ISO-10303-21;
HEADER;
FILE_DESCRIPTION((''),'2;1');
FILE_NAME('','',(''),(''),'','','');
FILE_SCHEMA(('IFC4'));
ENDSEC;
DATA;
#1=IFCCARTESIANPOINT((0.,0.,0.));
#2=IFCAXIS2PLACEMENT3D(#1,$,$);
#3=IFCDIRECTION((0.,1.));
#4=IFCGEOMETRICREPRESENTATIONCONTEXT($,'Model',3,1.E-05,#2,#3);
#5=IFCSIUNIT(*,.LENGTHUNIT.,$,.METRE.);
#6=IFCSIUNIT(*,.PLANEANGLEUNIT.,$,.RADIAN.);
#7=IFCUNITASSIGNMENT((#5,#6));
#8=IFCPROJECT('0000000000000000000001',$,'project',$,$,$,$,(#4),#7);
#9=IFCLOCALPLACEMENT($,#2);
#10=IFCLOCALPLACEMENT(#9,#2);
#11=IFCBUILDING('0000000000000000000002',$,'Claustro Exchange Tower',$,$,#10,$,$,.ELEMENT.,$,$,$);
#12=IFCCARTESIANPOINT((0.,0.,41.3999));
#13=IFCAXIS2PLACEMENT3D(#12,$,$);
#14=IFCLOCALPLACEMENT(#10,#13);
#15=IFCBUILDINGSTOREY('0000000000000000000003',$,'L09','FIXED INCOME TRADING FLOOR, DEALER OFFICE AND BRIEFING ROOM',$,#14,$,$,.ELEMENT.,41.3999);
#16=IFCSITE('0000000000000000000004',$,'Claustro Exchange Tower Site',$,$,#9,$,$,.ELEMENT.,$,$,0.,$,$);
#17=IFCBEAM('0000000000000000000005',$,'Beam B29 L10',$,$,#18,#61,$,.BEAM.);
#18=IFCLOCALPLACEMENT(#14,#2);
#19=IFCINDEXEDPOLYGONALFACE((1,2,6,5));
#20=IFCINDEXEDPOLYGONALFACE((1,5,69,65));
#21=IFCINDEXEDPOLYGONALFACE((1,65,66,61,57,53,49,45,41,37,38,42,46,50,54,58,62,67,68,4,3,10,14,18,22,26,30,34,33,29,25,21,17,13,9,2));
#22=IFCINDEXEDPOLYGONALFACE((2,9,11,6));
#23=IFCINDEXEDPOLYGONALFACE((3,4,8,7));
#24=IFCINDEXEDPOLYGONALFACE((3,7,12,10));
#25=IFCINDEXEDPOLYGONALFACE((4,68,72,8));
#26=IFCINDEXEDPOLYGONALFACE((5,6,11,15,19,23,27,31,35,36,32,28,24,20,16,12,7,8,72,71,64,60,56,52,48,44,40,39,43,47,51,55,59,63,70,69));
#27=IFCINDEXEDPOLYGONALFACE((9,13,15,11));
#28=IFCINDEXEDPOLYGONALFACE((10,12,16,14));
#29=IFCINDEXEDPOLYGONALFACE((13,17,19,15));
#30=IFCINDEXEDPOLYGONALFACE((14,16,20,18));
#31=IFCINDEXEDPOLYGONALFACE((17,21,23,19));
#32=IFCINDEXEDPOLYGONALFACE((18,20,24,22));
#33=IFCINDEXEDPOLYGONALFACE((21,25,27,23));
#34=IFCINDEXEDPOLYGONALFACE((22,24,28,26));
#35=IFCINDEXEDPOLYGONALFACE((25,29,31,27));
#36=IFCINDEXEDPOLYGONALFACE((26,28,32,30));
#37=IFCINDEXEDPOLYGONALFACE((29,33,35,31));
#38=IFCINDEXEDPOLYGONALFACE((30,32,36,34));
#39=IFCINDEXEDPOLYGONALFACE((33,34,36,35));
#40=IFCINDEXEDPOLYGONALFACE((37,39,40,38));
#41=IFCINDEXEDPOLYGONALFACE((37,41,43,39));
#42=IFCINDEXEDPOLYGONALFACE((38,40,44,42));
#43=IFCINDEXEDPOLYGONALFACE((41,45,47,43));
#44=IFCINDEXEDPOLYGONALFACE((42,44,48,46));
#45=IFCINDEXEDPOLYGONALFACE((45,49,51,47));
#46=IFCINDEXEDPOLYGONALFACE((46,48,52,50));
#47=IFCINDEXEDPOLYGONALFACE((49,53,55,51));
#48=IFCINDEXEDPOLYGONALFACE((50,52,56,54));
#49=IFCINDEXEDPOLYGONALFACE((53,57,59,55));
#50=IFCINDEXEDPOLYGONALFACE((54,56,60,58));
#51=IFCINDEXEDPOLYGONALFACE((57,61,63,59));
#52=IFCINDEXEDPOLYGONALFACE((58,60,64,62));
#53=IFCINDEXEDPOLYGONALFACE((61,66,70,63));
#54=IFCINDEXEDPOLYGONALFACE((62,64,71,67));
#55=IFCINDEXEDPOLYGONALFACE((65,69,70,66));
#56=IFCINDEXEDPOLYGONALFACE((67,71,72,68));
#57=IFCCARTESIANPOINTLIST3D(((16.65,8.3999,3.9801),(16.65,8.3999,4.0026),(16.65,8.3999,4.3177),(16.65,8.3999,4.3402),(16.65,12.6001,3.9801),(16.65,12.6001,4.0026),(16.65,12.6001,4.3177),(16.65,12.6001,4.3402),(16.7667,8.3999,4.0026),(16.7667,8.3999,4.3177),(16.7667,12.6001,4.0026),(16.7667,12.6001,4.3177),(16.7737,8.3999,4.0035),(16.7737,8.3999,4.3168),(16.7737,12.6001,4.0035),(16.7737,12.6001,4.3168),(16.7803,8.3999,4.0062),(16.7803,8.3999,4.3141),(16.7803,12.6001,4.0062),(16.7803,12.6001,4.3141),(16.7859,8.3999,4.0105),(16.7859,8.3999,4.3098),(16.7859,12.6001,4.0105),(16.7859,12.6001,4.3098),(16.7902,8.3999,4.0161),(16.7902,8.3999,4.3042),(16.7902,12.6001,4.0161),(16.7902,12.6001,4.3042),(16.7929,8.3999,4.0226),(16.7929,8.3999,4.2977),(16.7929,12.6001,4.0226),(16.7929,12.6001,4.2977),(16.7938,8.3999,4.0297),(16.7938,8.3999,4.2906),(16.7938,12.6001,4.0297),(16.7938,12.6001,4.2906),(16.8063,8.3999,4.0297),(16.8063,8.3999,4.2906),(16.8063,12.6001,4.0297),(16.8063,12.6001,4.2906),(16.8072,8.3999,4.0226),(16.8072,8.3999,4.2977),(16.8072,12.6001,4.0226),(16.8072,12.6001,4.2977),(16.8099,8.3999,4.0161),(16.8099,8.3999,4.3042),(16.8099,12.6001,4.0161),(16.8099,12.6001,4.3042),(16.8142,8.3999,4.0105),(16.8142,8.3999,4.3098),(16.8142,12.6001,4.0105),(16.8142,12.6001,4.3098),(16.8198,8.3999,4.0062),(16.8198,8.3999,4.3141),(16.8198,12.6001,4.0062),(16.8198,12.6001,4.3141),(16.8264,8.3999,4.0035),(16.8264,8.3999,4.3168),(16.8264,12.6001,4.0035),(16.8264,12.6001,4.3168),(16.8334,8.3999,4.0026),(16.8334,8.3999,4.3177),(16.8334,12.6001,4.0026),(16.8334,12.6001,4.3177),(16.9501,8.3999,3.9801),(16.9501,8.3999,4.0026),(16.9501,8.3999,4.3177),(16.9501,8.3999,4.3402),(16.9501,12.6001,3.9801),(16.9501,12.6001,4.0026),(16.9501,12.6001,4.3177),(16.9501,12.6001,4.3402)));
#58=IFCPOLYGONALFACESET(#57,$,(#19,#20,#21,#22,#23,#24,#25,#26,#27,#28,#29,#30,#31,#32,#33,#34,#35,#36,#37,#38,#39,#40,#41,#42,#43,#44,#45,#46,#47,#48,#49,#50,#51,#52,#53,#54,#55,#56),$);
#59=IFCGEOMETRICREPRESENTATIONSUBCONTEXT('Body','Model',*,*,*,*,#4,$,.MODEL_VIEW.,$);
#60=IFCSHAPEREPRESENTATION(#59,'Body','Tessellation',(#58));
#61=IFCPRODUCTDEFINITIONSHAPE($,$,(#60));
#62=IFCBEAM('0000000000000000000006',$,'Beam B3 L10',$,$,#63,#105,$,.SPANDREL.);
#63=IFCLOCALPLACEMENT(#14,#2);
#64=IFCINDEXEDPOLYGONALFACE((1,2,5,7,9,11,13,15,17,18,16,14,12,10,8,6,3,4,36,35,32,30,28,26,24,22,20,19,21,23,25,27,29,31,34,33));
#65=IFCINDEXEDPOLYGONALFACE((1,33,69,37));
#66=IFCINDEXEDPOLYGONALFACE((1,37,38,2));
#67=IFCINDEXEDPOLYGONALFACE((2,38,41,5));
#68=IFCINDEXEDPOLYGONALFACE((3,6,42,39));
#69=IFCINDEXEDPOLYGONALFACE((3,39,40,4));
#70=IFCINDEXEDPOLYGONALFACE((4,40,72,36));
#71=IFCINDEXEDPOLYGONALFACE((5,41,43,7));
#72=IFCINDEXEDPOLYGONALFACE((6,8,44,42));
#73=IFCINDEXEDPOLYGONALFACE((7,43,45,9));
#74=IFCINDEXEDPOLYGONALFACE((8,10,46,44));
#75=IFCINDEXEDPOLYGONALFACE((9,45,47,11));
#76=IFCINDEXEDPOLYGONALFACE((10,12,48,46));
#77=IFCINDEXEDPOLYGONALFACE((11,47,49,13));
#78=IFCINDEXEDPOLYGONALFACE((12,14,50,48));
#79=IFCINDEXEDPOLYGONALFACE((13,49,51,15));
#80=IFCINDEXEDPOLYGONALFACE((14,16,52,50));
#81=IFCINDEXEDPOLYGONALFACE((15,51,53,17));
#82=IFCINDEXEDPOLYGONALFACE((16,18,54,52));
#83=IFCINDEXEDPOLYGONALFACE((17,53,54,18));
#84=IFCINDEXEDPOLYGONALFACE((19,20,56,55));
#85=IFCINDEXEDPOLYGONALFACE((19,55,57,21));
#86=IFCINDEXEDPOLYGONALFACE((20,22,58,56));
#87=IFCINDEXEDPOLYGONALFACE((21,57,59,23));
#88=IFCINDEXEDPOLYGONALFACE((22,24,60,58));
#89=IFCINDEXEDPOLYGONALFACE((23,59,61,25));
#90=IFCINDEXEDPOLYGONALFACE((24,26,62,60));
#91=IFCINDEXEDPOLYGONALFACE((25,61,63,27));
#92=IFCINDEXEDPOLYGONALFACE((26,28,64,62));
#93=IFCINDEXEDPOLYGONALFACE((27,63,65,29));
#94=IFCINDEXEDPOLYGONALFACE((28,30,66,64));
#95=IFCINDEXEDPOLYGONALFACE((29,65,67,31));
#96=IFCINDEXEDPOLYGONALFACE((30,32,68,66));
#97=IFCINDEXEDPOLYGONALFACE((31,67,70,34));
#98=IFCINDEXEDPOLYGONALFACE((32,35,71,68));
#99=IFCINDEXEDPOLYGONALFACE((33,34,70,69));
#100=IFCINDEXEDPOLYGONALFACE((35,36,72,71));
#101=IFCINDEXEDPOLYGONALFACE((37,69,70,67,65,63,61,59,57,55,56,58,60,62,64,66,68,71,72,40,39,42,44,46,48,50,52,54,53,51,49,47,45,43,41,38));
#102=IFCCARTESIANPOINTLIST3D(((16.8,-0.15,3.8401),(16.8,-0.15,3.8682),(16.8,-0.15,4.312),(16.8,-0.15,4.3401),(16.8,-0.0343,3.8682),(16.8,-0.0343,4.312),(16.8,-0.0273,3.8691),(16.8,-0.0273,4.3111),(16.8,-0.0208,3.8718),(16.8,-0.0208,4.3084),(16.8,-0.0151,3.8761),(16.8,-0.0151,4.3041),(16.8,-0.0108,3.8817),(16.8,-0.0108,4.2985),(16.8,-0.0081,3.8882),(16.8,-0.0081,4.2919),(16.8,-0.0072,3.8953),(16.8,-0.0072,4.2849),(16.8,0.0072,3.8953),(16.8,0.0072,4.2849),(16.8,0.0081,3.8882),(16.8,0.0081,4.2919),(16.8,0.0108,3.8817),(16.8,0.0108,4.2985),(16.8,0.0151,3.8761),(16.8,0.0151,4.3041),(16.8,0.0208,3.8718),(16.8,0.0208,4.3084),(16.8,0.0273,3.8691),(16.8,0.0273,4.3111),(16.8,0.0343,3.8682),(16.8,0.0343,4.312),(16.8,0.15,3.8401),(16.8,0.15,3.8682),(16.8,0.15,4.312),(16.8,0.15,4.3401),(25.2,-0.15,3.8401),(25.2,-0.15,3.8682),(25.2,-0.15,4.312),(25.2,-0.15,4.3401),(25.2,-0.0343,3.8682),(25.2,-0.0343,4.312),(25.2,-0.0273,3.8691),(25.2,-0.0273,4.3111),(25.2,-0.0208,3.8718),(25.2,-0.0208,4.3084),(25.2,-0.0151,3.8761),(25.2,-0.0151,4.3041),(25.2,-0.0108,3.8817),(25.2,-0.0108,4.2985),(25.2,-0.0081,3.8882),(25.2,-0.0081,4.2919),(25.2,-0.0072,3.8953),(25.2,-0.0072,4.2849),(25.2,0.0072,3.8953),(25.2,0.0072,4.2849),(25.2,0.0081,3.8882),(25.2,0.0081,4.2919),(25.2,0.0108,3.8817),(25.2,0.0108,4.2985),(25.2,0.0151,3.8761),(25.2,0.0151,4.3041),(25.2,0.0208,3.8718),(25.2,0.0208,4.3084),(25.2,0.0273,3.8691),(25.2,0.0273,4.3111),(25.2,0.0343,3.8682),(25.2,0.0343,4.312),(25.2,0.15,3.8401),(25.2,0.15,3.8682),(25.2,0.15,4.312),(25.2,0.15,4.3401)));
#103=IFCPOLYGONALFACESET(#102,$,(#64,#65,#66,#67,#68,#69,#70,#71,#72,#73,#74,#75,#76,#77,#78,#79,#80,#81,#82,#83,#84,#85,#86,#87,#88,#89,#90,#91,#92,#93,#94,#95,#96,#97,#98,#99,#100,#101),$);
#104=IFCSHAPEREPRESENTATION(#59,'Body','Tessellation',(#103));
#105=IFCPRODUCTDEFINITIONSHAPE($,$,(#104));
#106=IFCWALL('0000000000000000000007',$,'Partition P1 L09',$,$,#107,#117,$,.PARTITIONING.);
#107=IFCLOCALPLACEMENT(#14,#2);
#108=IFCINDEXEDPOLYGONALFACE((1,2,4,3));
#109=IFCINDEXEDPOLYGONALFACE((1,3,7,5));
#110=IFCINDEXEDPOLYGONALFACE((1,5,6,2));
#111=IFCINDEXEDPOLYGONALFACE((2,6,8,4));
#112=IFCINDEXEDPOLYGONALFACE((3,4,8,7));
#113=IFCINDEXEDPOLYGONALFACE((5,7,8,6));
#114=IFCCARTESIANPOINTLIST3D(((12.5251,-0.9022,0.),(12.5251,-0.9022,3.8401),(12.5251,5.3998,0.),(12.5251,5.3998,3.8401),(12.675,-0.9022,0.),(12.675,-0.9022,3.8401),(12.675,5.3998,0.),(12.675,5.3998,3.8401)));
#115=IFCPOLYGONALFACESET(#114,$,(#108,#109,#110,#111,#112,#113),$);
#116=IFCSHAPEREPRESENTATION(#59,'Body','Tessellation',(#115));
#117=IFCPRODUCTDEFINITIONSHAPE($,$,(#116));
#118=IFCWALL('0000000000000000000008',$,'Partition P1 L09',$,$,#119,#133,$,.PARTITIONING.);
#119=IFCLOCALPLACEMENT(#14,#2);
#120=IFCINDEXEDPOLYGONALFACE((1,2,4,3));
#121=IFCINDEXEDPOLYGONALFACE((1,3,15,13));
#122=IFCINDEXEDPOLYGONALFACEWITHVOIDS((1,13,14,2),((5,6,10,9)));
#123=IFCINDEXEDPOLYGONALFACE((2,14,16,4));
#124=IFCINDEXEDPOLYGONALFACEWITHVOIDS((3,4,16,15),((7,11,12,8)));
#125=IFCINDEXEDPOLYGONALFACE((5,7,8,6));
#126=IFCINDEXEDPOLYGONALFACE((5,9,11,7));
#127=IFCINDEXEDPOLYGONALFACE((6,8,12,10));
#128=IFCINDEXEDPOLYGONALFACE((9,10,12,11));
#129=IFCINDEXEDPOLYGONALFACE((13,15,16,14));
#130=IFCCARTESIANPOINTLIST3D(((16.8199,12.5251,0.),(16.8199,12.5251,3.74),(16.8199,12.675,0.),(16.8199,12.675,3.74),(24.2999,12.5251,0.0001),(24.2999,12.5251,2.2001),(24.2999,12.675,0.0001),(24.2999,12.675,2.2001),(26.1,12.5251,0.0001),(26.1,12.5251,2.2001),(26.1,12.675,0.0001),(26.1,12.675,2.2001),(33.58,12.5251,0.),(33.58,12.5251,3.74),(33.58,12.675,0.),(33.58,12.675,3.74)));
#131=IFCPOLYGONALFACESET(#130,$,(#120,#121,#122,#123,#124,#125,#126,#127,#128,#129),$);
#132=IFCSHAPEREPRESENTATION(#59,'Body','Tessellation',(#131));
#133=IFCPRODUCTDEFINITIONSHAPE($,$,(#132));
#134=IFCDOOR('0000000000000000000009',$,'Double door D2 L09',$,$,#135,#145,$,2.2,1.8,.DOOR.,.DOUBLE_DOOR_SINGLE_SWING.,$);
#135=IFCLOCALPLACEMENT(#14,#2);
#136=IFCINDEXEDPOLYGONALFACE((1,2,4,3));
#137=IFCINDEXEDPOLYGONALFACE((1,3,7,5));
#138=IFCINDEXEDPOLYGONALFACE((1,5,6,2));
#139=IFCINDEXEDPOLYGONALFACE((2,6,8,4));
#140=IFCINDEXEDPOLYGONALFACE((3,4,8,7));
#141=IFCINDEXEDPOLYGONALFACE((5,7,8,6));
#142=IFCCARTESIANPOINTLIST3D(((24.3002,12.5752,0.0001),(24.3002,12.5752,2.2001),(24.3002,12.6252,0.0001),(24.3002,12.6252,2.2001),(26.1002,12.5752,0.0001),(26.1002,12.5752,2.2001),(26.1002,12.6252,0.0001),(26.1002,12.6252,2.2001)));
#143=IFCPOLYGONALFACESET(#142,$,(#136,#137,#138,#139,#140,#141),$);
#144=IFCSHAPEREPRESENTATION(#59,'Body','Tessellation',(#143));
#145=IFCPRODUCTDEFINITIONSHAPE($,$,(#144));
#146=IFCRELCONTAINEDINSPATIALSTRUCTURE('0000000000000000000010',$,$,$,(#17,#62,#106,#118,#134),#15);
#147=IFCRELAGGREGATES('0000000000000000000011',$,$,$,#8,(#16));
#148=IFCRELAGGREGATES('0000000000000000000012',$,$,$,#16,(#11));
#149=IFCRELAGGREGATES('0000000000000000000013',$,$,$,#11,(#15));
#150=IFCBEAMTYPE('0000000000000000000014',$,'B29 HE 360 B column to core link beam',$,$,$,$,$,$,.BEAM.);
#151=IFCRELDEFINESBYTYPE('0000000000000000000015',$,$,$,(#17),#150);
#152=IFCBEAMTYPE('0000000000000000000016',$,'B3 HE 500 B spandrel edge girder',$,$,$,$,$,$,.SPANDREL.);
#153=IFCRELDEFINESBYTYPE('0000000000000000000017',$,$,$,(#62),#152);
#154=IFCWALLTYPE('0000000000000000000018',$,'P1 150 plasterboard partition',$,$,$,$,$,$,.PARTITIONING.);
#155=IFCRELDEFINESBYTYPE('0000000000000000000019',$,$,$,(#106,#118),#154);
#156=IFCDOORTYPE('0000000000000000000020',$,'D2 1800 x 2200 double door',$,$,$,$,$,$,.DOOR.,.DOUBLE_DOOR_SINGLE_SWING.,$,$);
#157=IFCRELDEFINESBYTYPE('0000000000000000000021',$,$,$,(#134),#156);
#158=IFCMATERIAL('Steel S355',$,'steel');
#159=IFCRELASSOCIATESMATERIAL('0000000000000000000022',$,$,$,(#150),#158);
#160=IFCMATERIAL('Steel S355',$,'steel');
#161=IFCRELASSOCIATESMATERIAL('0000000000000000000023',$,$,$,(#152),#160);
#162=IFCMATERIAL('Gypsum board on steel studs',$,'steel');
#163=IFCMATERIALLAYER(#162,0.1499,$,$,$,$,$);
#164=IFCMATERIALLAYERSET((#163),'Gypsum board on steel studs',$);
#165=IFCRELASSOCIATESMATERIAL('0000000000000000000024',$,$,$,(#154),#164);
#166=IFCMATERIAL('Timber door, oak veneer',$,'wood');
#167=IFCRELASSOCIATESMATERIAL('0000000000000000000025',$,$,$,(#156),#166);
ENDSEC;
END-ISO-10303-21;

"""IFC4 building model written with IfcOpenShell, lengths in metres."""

from ifc_helpers import new_model, si_unit, direction, frame, frame_2d, origin, origin_2d, place, context, subcontext, project, spatial, rectangle, i_section, extrude, material, layer, layer_set, material_profile, profile_set, type_object, element, fill, save


model = new_model("IFC4")

# Units and contexts
model_context = context("Model", 3, precision=1e-05, world=origin(), true_north=direction((0.0, 1.0)))
body_context = subcontext(model_context, "Body", "Model", "MODEL_VIEW")
ifc_project = project(units=[si_unit("LENGTHUNIT", "METRE"), si_unit("PLANEANGLEUNIT", "RADIAN")], contexts=[model_context])

# Site, building, storey
site_placement = place(None, origin())
site = spatial("IfcSite", under=ifc_project, at=site_placement, Name="Claustro Exchange Tower Site", CompositionType="ELEMENT", RefElevation=0.0)
building_placement = place(site_placement, origin())
building = spatial("IfcBuilding", under=site, at=building_placement, Name="Claustro Exchange Tower", CompositionType="ELEMENT")
storey_placement = place(building_placement, frame((0.0, 0.0, 41.3999)))
storey = spatial("IfcBuildingStorey", under=building, at=storey_placement, Name="L09", Description="FIXED INCOME TRADING FLOOR, DEALER OFFICE AND BRIEFING ROOM", CompositionType="ELEMENT", Elevation=41.3999)

# Beams
ifc_material_1 = material(Name="Steel S355", Category="steel")
ifc_material_profile_1 = material_profile(ifc_material_1, i_section(OverallWidth=0.3, OverallDepth=0.3601, WebThickness=0.0125, FlangeThickness=0.0225, FilletRadius=0.0271, at=origin_2d()), Name="HE 360 B")
ifc_profile_set_1 = profile_set([ifc_material_profile_1], Name="Steel S355")
beam_type_1 = type_object("IfcBeamType", Name="B29 HE 360 B column to core link beam", PredefinedType="BEAM", material=ifc_profile_set_1)
beam_1_placement = place(storey_placement, frame((16.8, 8.3999, 4.1602), z_axis=(0.0, 1.0, 0.0), x_axis=(-1.0, 0.0, 0.0)))
element("IfcBeam", 1, at=beam_1_placement, inside=storey, type_object=beam_type_1, Name="Beam B29 L10", PredefinedType="BEAM", context=body_context, shape_type="SweptSolid", body=[
    extrude(i_section(OverallWidth=0.3, OverallDepth=0.3601, WebThickness=0.0125, FlangeThickness=0.0225, FilletRadius=0.0271, at=origin_2d()), origin(), (0.0, 0.0, 1.0), 4.2002),
])
ifc_material_2 = material(Name="Steel S355", Category="steel")
ifc_material_profile_2 = material_profile(ifc_material_2, i_section(OverallWidth=0.3, OverallDepth=0.5, WebThickness=0.0144, FlangeThickness=0.0281, FilletRadius=0.0271, at=origin_2d()), Name="HE 500 B")
ifc_profile_set_2 = profile_set([ifc_material_profile_2], Name="Steel S355")
beam_type_2 = type_object("IfcBeamType", Name="B3 HE 500 B spandrel edge girder", PredefinedType="SPANDREL", material=ifc_profile_set_2)
beam_2_placement = place(storey_placement, frame((16.8, 0.0, 4.0901), z_axis=(1.0, 0.0, 0.0), x_axis=(0.0, 1.0, 0.0)))
element("IfcBeam", 2, at=beam_2_placement, inside=storey, type_object=beam_type_2, Name="Beam B3 L10", PredefinedType="SPANDREL", context=body_context, shape_type="SweptSolid", body=[
    extrude(i_section(OverallWidth=0.3, OverallDepth=0.5, WebThickness=0.0144, FlangeThickness=0.0281, FilletRadius=0.0271, at=origin_2d()), origin(), (0.0, 0.0, 1.0), 8.3999),
])

# Wall
ifc_material_3 = material(Name="Gypsum board on steel studs", Category="steel")
ifc_layer_1 = layer(ifc_material_3, 0.1499)
ifc_layer_set_1 = layer_set([ifc_layer_1], Name="Gypsum board on steel studs")
wall_type_1 = type_object("IfcWallType", Name="P1 150 plasterboard partition", PredefinedType="PARTITIONING", material=ifc_layer_set_1)
wall_1_placement = place(storey_placement, frame((12.6001, -0.9021, 0.0), z_axis=(0.0, 0.0, 1.0), x_axis=(0.0, 1.0, 0.0)))
element("IfcWall", 3, at=wall_1_placement, inside=storey, type_object=wall_type_1, Name="Partition P1 L09", PredefinedType="PARTITIONING", context=body_context, shape_type="SweptSolid", body=[
    extrude(rectangle(XDim=6.302, YDim=0.1499, at=frame_2d((3.1509, 0.0))), origin(), (0.0, 0.0, 1.0), 3.8401),
])

# Wall, opening, door
wall_2_placement = place(storey_placement, frame((16.8201, 12.6001, 0.0), z_axis=(0.0, 0.0, 1.0), x_axis=(1.0, 0.0, 0.0)))
wall_2 = element("IfcWall", 4, at=wall_2_placement, inside=storey, type_object=wall_type_1, Name="Partition P1 L09", PredefinedType="PARTITIONING", context=body_context, shape_type="SweptSolid", body=[
    extrude(rectangle(XDim=16.76, YDim=0.1499, at=frame_2d((8.3799, 0.0))), origin(), (0.0, 0.0, 1.0), 3.74),
])
opening_1_placement = place(wall_2_placement, frame((7.48, 0.0, 0.0)))
opening_1 = element("IfcOpeningElement", 5, at=opening_1_placement, cuts=wall_2, PredefinedType="OPENING", context=body_context, shape_type="SweptSolid", body=[
    extrude(rectangle(XDim=1.8, YDim=2.2, at=frame_2d((0.8999, 1.1001))), frame((0.0, 0.085, 0.0), z_axis=(0.0, -1.0, 0.0), x_axis=(1.0, 0.0, 0.0)), (0.0, 0.0, 1.0), 0.1699),
])
ifc_material_4 = material(Name="Timber door, oak veneer", Category="wood")
door_type_1 = type_object("IfcDoorType", Name="D2 1800 x 2200 double door", OperationType="DOUBLE_DOOR_SINGLE_SWING", PredefinedType="DOOR", material=ifc_material_4)
door_1_placement = place(opening_1_placement, frame((1.8, 0.0, 0.0), z_axis=(0.0, 0.0, 1.0), x_axis=(-1.0, 0.0, 0.0)))
door_1 = element("IfcDoor", 6, at=door_1_placement, inside=storey, type_object=door_type_1, Name="Double door D2 L09", OperationType="DOUBLE_DOOR_SINGLE_SWING", OverallHeight=2.2, OverallWidth=1.8, PredefinedType="DOOR", context=body_context, shape_type="SweptSolid", body=[
    extrude(rectangle(XDim=1.8, YDim=2.2, at=frame_2d((0.8999, 1.1001))), frame((0.0, 0.0249, 0.0), z_axis=(0.0, -1.0, 0.0), x_axis=(1.0, 0.0, 0.0)), (0.0, 0.0, 1.0), 0.05),
])
fill(opening_1, door_1)

save(model, "model.ifc")
